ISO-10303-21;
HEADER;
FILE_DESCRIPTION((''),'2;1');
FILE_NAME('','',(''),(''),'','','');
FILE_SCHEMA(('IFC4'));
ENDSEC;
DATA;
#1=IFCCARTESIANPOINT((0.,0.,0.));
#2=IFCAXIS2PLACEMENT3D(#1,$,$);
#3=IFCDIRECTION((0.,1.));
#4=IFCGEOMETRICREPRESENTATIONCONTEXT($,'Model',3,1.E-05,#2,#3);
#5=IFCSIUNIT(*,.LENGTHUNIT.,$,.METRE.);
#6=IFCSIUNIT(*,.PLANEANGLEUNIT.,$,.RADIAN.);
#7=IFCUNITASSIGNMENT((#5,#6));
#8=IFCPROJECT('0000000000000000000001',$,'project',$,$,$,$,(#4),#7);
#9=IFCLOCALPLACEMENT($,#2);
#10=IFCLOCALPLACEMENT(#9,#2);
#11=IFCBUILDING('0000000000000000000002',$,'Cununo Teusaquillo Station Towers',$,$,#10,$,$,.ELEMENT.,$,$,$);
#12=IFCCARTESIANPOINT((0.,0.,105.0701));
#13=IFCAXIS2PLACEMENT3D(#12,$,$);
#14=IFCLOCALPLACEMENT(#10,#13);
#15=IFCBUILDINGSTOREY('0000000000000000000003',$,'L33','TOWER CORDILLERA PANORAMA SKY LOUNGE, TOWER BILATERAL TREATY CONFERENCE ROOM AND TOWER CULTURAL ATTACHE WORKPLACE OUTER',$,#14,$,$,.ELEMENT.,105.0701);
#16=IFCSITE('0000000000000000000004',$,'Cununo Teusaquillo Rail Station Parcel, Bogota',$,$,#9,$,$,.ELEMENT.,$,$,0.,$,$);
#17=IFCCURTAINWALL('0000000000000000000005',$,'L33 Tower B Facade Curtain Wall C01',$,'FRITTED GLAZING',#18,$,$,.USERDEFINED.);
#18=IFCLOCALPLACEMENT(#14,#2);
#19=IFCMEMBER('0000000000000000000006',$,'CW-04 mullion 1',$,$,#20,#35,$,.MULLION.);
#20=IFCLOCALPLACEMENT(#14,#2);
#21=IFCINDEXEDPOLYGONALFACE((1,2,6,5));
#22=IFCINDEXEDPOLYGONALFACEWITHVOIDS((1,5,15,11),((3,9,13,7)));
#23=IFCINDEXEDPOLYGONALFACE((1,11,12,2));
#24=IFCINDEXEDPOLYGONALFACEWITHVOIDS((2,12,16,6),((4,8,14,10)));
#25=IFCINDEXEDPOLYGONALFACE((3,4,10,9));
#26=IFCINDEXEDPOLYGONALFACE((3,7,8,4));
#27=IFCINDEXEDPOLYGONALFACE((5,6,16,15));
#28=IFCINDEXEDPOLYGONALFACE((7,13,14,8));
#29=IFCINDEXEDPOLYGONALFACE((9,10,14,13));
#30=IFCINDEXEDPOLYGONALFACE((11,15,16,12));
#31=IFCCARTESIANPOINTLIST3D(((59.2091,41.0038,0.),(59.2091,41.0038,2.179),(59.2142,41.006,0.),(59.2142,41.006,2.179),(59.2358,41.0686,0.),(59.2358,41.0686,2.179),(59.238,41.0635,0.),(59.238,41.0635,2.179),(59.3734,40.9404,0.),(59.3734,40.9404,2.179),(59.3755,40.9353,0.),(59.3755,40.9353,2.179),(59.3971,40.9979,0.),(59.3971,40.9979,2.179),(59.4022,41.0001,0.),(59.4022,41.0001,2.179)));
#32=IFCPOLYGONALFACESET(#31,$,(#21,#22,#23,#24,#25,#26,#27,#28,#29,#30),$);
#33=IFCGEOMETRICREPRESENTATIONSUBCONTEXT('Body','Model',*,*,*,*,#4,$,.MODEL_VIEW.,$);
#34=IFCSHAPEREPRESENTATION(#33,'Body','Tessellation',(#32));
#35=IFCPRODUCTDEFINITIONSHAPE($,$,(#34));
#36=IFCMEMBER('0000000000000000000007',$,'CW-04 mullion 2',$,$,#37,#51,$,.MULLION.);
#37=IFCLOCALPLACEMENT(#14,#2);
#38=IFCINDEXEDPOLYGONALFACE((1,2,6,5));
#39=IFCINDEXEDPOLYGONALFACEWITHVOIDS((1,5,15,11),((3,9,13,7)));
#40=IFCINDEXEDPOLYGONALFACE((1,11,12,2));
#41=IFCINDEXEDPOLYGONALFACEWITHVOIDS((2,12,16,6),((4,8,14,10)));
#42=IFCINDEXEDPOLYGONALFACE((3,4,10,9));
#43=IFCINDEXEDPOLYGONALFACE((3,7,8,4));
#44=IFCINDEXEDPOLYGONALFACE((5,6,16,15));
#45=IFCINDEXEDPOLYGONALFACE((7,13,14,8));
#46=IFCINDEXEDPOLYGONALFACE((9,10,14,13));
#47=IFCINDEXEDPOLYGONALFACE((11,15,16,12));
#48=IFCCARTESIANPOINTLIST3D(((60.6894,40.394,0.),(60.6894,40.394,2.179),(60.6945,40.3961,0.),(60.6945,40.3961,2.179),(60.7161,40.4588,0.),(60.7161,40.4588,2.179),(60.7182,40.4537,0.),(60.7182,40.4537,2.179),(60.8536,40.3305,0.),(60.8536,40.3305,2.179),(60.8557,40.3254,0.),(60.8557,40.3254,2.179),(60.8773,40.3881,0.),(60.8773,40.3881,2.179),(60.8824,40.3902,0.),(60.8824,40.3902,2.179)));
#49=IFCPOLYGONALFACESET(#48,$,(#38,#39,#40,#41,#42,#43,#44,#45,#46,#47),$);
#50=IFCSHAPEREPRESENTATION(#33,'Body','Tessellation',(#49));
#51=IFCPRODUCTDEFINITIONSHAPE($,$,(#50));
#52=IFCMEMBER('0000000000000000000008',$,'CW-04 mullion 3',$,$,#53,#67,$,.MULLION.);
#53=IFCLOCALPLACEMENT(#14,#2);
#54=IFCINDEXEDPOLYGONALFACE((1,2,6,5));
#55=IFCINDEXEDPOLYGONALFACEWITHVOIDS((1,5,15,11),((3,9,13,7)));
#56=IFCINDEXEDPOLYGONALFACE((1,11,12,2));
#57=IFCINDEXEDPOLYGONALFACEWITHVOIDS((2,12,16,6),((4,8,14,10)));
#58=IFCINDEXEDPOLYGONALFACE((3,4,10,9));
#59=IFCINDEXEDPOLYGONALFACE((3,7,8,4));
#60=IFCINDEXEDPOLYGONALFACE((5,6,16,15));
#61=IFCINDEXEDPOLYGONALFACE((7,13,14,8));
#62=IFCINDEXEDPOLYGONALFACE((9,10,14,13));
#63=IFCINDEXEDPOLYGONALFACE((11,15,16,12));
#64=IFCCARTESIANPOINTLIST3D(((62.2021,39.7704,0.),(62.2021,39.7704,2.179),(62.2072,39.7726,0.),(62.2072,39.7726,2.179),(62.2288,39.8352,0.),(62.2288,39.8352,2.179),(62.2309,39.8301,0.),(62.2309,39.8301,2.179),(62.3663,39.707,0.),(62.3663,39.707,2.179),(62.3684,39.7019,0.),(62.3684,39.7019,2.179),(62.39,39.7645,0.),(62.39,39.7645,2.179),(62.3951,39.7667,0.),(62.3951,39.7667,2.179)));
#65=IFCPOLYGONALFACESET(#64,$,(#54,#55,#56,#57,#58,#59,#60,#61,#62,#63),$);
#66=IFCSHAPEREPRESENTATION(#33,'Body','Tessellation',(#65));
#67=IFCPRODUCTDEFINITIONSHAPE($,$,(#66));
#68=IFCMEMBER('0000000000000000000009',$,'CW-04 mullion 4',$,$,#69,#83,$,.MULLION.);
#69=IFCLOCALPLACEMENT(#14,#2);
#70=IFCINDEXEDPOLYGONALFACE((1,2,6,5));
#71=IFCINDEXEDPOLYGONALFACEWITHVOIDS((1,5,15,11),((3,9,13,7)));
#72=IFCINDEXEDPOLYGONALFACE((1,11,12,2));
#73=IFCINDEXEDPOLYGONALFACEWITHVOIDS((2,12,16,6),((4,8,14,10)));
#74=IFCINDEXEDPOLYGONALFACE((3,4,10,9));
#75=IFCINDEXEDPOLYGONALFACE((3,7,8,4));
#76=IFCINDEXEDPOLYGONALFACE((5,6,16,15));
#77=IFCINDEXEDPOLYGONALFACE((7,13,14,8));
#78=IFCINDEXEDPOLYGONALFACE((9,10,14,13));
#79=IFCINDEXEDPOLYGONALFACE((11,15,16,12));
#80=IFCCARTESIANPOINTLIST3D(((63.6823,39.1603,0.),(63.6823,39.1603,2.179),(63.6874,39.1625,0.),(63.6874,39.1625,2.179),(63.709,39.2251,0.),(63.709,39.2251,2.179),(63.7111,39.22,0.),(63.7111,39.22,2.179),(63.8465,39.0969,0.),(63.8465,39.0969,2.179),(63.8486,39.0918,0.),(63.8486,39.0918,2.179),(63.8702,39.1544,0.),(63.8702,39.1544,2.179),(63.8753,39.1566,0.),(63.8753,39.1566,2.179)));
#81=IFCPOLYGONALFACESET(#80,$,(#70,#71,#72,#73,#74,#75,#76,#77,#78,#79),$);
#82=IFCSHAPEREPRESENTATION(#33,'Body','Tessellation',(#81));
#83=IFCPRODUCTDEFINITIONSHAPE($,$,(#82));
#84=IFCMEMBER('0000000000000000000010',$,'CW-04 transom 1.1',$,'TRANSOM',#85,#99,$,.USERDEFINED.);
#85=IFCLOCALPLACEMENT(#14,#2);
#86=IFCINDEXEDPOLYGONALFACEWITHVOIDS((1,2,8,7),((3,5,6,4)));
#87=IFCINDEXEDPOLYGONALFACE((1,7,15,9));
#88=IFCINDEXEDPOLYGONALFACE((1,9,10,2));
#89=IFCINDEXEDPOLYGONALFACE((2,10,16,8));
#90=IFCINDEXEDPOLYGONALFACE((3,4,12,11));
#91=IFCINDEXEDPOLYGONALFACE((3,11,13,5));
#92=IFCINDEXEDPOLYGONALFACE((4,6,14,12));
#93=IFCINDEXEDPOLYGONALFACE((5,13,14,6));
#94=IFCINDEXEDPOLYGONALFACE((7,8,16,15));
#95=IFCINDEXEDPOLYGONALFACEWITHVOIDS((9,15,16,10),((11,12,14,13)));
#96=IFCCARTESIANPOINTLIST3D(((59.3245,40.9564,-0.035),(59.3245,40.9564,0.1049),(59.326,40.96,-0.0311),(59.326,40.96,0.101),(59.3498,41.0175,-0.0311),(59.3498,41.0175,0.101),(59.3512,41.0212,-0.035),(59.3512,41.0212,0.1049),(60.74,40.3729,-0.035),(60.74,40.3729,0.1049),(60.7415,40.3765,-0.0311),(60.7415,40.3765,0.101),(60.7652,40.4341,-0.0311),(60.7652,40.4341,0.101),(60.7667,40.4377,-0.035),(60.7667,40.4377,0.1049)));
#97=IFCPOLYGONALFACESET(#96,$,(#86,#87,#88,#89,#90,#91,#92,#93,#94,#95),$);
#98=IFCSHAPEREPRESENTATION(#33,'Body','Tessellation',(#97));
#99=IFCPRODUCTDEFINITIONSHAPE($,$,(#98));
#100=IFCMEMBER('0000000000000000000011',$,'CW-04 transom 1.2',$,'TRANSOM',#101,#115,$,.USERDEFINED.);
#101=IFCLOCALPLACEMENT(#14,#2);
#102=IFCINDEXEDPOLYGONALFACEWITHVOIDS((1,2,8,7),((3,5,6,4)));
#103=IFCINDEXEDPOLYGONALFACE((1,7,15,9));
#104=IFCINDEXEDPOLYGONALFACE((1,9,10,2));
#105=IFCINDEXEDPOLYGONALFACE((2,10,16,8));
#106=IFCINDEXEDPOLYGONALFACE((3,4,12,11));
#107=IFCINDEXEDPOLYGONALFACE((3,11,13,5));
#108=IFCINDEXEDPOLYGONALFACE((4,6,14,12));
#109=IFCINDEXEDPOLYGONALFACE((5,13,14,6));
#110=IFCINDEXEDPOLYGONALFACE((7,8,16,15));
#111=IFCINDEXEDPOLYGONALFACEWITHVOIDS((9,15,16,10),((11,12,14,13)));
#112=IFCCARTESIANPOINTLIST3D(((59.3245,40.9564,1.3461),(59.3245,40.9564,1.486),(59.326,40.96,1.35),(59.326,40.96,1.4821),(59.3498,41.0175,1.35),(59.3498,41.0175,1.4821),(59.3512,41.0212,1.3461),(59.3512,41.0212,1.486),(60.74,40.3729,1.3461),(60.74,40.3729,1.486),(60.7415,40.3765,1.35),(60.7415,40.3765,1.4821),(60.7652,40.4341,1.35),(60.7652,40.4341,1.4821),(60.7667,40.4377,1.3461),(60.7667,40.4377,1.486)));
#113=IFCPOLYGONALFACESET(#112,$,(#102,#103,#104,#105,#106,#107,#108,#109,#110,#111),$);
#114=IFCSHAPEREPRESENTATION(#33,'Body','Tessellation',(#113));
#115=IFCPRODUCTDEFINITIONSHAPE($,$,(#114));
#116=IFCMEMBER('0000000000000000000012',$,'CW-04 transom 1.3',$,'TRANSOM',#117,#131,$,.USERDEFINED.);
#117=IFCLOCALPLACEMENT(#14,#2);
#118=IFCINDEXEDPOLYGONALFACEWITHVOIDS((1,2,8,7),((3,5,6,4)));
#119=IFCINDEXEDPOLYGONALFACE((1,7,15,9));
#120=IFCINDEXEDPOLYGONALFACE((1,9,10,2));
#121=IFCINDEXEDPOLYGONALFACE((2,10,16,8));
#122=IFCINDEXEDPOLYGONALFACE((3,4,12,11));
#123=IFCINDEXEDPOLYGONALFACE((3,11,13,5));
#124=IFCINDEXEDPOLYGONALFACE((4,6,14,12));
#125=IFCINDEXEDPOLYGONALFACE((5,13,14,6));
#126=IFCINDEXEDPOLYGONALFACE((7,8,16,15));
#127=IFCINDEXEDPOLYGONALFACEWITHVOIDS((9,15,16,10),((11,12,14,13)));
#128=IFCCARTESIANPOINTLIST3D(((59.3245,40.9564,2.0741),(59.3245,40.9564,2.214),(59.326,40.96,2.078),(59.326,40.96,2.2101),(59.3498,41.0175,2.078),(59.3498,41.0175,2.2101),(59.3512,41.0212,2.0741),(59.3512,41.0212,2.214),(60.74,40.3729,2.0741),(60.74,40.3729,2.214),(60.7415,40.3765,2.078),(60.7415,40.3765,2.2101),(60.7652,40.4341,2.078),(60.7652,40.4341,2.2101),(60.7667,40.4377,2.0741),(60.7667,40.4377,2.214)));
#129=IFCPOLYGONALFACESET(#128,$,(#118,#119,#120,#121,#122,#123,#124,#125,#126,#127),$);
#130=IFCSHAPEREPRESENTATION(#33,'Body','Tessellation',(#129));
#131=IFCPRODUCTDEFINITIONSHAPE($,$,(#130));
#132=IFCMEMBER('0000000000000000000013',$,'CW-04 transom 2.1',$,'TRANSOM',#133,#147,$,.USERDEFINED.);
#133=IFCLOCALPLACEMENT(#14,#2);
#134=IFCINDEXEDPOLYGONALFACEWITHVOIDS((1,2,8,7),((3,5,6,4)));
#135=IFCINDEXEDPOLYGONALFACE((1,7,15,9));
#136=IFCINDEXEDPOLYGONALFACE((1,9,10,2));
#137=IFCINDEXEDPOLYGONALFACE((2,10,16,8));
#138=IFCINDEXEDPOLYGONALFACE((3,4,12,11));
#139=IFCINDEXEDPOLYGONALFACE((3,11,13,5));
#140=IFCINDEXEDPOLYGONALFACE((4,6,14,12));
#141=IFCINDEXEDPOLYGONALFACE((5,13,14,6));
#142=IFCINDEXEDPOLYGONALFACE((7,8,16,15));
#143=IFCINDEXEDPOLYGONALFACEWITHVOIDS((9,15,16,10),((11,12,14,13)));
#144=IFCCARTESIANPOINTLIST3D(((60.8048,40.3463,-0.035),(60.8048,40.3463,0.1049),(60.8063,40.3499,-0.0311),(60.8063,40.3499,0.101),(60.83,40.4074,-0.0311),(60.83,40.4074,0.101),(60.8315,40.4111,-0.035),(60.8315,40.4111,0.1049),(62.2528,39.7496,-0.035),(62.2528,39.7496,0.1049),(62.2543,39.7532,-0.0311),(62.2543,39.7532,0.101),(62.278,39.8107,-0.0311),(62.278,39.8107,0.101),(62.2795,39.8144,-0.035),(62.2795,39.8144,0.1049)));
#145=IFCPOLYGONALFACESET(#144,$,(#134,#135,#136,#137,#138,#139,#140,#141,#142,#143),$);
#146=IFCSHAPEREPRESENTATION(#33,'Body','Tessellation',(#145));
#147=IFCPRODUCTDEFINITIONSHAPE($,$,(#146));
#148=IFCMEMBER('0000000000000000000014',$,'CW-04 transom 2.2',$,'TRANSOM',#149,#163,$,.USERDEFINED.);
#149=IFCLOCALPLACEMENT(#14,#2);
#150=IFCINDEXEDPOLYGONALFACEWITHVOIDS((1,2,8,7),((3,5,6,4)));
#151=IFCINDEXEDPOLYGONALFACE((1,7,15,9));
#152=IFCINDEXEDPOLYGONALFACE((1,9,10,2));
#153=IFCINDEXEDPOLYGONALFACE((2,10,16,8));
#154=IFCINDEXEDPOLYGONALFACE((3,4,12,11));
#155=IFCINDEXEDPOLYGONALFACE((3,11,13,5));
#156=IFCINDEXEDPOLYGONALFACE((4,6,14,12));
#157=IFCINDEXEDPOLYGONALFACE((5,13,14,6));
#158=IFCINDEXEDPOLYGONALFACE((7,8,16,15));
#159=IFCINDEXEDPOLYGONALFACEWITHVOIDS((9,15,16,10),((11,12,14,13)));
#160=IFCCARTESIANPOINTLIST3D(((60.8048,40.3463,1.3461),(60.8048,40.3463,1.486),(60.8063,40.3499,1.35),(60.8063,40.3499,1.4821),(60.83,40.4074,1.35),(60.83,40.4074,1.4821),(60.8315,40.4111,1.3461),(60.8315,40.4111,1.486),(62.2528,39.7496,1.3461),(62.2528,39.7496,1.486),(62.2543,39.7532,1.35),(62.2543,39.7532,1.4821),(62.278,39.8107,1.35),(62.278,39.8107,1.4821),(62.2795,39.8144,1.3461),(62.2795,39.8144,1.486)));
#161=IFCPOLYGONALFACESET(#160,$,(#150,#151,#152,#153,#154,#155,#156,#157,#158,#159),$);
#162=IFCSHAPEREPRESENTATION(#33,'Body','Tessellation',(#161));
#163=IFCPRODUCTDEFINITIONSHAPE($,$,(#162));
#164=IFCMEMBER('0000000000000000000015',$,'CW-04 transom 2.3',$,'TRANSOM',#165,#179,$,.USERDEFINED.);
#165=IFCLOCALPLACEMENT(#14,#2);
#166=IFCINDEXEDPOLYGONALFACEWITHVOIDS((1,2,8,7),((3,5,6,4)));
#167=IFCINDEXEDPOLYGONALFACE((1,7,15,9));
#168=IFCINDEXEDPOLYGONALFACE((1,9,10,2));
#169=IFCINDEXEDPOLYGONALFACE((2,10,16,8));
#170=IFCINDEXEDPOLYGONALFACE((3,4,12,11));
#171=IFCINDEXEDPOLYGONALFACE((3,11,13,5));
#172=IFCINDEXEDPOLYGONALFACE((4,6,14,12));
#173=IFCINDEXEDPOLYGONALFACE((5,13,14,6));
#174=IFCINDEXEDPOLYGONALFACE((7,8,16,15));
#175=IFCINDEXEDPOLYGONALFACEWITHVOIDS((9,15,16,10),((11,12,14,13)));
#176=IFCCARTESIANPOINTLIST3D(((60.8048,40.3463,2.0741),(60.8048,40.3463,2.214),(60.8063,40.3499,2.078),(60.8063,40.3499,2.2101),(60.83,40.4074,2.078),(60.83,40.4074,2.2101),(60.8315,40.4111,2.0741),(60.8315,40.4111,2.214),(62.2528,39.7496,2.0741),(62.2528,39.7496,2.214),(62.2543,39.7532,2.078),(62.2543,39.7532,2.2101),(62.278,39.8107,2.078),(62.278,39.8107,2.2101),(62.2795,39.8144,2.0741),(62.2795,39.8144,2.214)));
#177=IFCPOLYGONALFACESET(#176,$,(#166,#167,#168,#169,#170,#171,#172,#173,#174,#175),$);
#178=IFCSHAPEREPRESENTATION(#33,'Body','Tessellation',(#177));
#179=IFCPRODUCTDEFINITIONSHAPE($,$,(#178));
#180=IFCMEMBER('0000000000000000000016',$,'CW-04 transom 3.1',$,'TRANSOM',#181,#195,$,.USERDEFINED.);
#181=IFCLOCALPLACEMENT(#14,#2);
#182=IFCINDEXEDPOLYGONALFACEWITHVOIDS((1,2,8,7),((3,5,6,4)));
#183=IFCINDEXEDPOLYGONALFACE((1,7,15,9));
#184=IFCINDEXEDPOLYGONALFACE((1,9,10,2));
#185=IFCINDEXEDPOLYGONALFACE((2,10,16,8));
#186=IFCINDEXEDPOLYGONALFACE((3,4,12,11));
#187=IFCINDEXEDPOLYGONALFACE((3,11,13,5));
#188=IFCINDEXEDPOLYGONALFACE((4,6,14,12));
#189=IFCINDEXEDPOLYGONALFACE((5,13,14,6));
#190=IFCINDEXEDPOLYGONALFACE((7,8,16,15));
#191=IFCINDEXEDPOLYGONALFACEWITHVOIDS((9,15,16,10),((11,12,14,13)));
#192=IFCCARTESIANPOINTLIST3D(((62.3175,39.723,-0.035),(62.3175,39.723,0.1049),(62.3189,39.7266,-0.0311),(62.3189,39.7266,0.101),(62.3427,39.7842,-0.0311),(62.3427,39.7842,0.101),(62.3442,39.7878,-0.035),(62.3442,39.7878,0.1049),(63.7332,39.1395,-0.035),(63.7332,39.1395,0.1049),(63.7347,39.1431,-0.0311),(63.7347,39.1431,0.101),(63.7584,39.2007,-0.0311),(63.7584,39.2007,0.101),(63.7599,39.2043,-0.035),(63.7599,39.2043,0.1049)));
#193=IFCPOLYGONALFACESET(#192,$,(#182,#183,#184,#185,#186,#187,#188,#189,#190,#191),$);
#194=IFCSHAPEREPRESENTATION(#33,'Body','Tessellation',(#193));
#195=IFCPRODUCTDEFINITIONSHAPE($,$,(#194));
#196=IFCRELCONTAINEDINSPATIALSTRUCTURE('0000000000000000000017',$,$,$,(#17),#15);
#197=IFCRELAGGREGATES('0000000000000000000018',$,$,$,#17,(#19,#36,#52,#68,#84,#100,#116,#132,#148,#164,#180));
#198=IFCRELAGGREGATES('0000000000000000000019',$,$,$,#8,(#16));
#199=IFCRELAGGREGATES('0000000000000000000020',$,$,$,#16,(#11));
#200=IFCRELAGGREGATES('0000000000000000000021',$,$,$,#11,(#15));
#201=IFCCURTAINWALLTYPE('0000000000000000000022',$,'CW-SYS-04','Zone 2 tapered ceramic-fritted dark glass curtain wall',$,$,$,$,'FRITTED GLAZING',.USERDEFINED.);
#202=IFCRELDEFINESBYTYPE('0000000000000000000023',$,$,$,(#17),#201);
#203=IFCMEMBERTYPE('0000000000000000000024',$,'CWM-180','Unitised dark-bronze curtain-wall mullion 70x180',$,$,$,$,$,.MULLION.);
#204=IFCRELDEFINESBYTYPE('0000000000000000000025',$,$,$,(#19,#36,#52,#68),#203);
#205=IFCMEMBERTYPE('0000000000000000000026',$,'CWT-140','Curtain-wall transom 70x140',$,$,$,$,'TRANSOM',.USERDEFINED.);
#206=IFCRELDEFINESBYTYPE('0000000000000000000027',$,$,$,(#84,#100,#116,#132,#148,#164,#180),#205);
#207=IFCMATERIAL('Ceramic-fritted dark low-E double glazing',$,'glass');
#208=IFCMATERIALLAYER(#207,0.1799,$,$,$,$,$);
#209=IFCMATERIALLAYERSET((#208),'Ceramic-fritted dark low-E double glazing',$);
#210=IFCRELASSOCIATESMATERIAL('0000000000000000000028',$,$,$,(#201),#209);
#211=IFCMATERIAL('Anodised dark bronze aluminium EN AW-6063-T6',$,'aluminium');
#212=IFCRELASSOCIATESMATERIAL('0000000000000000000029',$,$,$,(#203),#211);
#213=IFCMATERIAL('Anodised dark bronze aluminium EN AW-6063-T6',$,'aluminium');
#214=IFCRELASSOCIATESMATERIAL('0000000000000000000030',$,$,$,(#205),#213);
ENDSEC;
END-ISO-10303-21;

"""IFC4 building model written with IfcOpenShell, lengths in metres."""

from ifc_helpers import new_model, si_unit, direction, frame, origin, origin_2d, place, context, subcontext, project, spatial, hollow_rectangle, extrude, material, layer, layer_set, material_profile, profile_set, type_object, element, aggregate, save


model = new_model("IFC4")

# Units and contexts
model_context = context("Model", 3, precision=1e-05, world=origin(), true_north=direction((0.0, 1.0)))
body_context = subcontext(model_context, "Body", "Model", "MODEL_VIEW")
ifc_project = project(units=[si_unit("LENGTHUNIT", "METRE"), si_unit("PLANEANGLEUNIT", "RADIAN")], contexts=[model_context])

# Site, building, storey
site_placement = place(None, origin())
site = spatial("IfcSite", under=ifc_project, at=site_placement, Name="Cununo Teusaquillo Rail Station Parcel, Bogota", CompositionType="ELEMENT", RefElevation=0.0)
building_placement = place(site_placement, origin())
building = spatial("IfcBuilding", under=site, at=building_placement, Name="Cununo Teusaquillo Station Towers", CompositionType="ELEMENT")
storey_placement = place(building_placement, frame((0.0, 0.0, 105.0701)))
storey = spatial("IfcBuildingStorey", under=building, at=storey_placement, Name="L33", Description="TOWER CORDILLERA PANORAMA SKY LOUNGE, TOWER BILATERAL TREATY CONFERENCE ROOM AND TOWER CULTURAL ATTACHE WORKPLACE OUTER", CompositionType="ELEMENT", Elevation=105.0701)

# Curtain wall, members
ifc_material_1 = material(Name="Ceramic-fritted dark low-E double glazing", Category="glass")
ifc_layer_1 = layer(ifc_material_1, 0.1799)
ifc_layer_set_1 = layer_set([ifc_layer_1], Name="Ceramic-fritted dark low-E double glazing")
curtain_wall_type = type_object("IfcCurtainWallType", Name="CW-SYS-04", Description="Zone 2 tapered ceramic-fritted dark glass curtain wall", ElementType="FRITTED GLAZING", PredefinedType="USERDEFINED", material=ifc_layer_set_1)
curtain_wall_placement = place(storey_placement, origin())
curtain_wall = element("IfcCurtainWall", 1, at=curtain_wall_placement, inside=storey, type_object=curtain_wall_type, Name="L33 Tower B Facade Curtain Wall C01", ObjectType="FRITTED GLAZING", PredefinedType="USERDEFINED")
ifc_material_2 = material(Name="Anodised dark bronze aluminium EN AW-6063-T6", Category="aluminium")
ifc_material_profile_1 = material_profile(ifc_material_2, hollow_rectangle(XDim=0.0701, YDim=0.1799, WallThickness=0.0039, at=origin_2d()), Name="CW-MULL-70x180")
ifc_profile_set_1 = profile_set([ifc_material_profile_1], Name="Anodised dark bronze aluminium EN AW-6063-T6")
member_type_1 = type_object("IfcMemberType", Name="CWM-180", Description="Unitised dark-bronze curtain-wall mullion 70x180", PredefinedType="MULLION", material=ifc_profile_set_1)
member_1_placement = place(storey_placement, frame((59.3057, 41.002, 0.0), z_axis=(0.0, 0.0, 1.0), x_axis=(0.381031, 0.924562, 0.0)))
member_1 = element("IfcMember", 2, at=member_1_placement, type_object=member_type_1, Name="CW-04 mullion 1", PredefinedType="MULLION", context=body_context, shape_type="SweptSolid", body=[
    extrude(hollow_rectangle(XDim=0.0701, YDim=0.1799, WallThickness=0.0039, at=origin_2d()), origin(), (0.0, 0.0, 1.0), 2.179),
])
member_2_placement = place(storey_placement, frame((60.7859, 40.3921, 0.0), z_axis=(0.0, 0.0, 1.0), x_axis=(0.381031, 0.924562, 0.0)))
member_2 = element("IfcMember", 3, at=member_2_placement, type_object=member_type_1, Name="CW-04 mullion 2", PredefinedType="MULLION", context=body_context, shape_type="SweptSolid", body=[
    extrude(hollow_rectangle(XDim=0.0701, YDim=0.1799, WallThickness=0.0039, at=origin_2d()), origin(), (0.0, 0.0, 1.0), 2.179),
])
member_3_placement = place(storey_placement, frame((62.2986, 39.7686, 0.0), z_axis=(0.0, 0.0, 1.0), x_axis=(0.381031, 0.924562, 0.0)))
member_3 = element("IfcMember", 4, at=member_3_placement, type_object=member_type_1, Name="CW-04 mullion 3", PredefinedType="MULLION", context=body_context, shape_type="SweptSolid", body=[
    extrude(hollow_rectangle(XDim=0.0701, YDim=0.1799, WallThickness=0.0039, at=origin_2d()), origin(), (0.0, 0.0, 1.0), 2.179),
])
member_4_placement = place(storey_placement, frame((63.7788, 39.1584, 0.0), z_axis=(0.0, 0.0, 1.0), x_axis=(0.381031, 0.924562, 0.0)))
member_4 = element("IfcMember", 5, at=member_4_placement, type_object=member_type_1, Name="CW-04 mullion 4", PredefinedType="MULLION", context=body_context, shape_type="SweptSolid", body=[
    extrude(hollow_rectangle(XDim=0.0701, YDim=0.1799, WallThickness=0.0039, at=origin_2d()), origin(), (0.0, 0.0, 1.0), 2.179),
])
ifc_material_3 = material(Name="Anodised dark bronze aluminium EN AW-6063-T6", Category="aluminium")
ifc_material_profile_2 = material_profile(ifc_material_3, hollow_rectangle(XDim=0.0701, YDim=0.1399, WallThickness=0.0039, at=origin_2d()), Name="CW-TRAN-70x140")
ifc_profile_set_2 = profile_set([ifc_material_profile_2], Name="Anodised dark bronze aluminium EN AW-6063-T6")
member_type_2 = type_object("IfcMemberType", Name="CWT-140", Description="Curtain-wall transom 70x140", ElementType="TRANSOM", PredefinedType="USERDEFINED", material=ifc_profile_set_2)
member_5_placement = place(storey_placement, frame((59.3379, 40.9888, 0.0349), z_axis=(0.924533, -0.381103, 0.0), x_axis=(0.381103, 0.924533, 0.0)))
member_5 = element("IfcMember", 6, at=member_5_placement, type_object=member_type_2, Name="CW-04 transom 1.1", ObjectType="TRANSOM", PredefinedType="USERDEFINED", context=body_context, shape_type="SweptSolid", body=[
    extrude(hollow_rectangle(XDim=0.0701, YDim=0.1399, WallThickness=0.0039, at=origin_2d()), origin(), (0.0, 0.0, 1.0), 1.531),
])
member_6_placement = place(storey_placement, frame((59.3379, 40.9888, 1.416), z_axis=(0.924533, -0.381103, 0.0), x_axis=(0.381103, 0.924533, 0.0)))
member_6 = element("IfcMember", 7, at=member_6_placement, type_object=member_type_2, Name="CW-04 transom 1.2", ObjectType="TRANSOM", PredefinedType="USERDEFINED", context=body_context, shape_type="SweptSolid", body=[
    extrude(hollow_rectangle(XDim=0.0701, YDim=0.1399, WallThickness=0.0039, at=origin_2d()), origin(), (0.0, 0.0, 1.0), 1.531),
])
member_7_placement = place(storey_placement, frame((59.3379, 40.9888, 2.144), z_axis=(0.924533, -0.381103, 0.0), x_axis=(0.381103, 0.924533, 0.0)))
member_7 = element("IfcMember", 8, at=member_7_placement, type_object=member_type_2, Name="CW-04 transom 1.3", ObjectType="TRANSOM", PredefinedType="USERDEFINED", context=body_context, shape_type="SweptSolid", body=[
    extrude(hollow_rectangle(XDim=0.0701, YDim=0.1399, WallThickness=0.0039, at=origin_2d()), origin(), (0.0, 0.0, 1.0), 1.531),
])
member_8_placement = place(storey_placement, frame((60.8181, 40.3787, 0.0349), z_axis=(0.924578, -0.380993, 0.0), x_axis=(0.380993, 0.924578, 0.0)))
member_8 = element("IfcMember", 9, at=member_8_placement, type_object=member_type_2, Name="CW-04 transom 2.1", ObjectType="TRANSOM", PredefinedType="USERDEFINED", context=body_context, shape_type="SweptSolid", body=[
    extrude(hollow_rectangle(XDim=0.0701, YDim=0.1399, WallThickness=0.0039, at=origin_2d()), origin(), (0.0, 0.0, 1.0), 1.5662),
])
member_9_placement = place(storey_placement, frame((60.8181, 40.3787, 1.416), z_axis=(0.924578, -0.380993, 0.0), x_axis=(0.380993, 0.924578, 0.0)))
member_9 = element("IfcMember", 10, at=member_9_placement, type_object=member_type_2, Name="CW-04 transom 2.2", ObjectType="TRANSOM", PredefinedType="USERDEFINED", context=body_context, shape_type="SweptSolid", body=[
    extrude(hollow_rectangle(XDim=0.0701, YDim=0.1399, WallThickness=0.0039, at=origin_2d()), origin(), (0.0, 0.0, 1.0), 1.5662),
])
member_10_placement = place(storey_placement, frame((60.8181, 40.3787, 2.144), z_axis=(0.924578, -0.380993, 0.0), x_axis=(0.380993, 0.924578, 0.0)))
member_10 = element("IfcMember", 11, at=member_10_placement, type_object=member_type_2, Name="CW-04 transom 2.3", ObjectType="TRANSOM", PredefinedType="USERDEFINED", context=body_context, shape_type="SweptSolid", body=[
    extrude(hollow_rectangle(XDim=0.0701, YDim=0.1399, WallThickness=0.0039, at=origin_2d()), origin(), (0.0, 0.0, 1.0), 1.5662),
])
member_11_placement = place(storey_placement, frame((62.3308, 39.7554, 0.0349), z_axis=(0.924556, -0.381046, 0.0), x_axis=(0.381046, 0.924556, 0.0)))
member_11 = element("IfcMember", 12, at=member_11_placement, type_object=member_type_2, Name="CW-04 transom 3.1", ObjectType="TRANSOM", PredefinedType="USERDEFINED", context=body_context, shape_type="SweptSolid", body=[
    extrude(hollow_rectangle(XDim=0.0701, YDim=0.1399, WallThickness=0.0039, at=origin_2d()), origin(), (0.0, 0.0, 1.0), 1.5312),
])

aggregate(curtain_wall, [member_1, member_2, member_3, member_4, member_5, member_6, member_7, member_8, member_9, member_10, member_11])

save(model, "model.ifc")
